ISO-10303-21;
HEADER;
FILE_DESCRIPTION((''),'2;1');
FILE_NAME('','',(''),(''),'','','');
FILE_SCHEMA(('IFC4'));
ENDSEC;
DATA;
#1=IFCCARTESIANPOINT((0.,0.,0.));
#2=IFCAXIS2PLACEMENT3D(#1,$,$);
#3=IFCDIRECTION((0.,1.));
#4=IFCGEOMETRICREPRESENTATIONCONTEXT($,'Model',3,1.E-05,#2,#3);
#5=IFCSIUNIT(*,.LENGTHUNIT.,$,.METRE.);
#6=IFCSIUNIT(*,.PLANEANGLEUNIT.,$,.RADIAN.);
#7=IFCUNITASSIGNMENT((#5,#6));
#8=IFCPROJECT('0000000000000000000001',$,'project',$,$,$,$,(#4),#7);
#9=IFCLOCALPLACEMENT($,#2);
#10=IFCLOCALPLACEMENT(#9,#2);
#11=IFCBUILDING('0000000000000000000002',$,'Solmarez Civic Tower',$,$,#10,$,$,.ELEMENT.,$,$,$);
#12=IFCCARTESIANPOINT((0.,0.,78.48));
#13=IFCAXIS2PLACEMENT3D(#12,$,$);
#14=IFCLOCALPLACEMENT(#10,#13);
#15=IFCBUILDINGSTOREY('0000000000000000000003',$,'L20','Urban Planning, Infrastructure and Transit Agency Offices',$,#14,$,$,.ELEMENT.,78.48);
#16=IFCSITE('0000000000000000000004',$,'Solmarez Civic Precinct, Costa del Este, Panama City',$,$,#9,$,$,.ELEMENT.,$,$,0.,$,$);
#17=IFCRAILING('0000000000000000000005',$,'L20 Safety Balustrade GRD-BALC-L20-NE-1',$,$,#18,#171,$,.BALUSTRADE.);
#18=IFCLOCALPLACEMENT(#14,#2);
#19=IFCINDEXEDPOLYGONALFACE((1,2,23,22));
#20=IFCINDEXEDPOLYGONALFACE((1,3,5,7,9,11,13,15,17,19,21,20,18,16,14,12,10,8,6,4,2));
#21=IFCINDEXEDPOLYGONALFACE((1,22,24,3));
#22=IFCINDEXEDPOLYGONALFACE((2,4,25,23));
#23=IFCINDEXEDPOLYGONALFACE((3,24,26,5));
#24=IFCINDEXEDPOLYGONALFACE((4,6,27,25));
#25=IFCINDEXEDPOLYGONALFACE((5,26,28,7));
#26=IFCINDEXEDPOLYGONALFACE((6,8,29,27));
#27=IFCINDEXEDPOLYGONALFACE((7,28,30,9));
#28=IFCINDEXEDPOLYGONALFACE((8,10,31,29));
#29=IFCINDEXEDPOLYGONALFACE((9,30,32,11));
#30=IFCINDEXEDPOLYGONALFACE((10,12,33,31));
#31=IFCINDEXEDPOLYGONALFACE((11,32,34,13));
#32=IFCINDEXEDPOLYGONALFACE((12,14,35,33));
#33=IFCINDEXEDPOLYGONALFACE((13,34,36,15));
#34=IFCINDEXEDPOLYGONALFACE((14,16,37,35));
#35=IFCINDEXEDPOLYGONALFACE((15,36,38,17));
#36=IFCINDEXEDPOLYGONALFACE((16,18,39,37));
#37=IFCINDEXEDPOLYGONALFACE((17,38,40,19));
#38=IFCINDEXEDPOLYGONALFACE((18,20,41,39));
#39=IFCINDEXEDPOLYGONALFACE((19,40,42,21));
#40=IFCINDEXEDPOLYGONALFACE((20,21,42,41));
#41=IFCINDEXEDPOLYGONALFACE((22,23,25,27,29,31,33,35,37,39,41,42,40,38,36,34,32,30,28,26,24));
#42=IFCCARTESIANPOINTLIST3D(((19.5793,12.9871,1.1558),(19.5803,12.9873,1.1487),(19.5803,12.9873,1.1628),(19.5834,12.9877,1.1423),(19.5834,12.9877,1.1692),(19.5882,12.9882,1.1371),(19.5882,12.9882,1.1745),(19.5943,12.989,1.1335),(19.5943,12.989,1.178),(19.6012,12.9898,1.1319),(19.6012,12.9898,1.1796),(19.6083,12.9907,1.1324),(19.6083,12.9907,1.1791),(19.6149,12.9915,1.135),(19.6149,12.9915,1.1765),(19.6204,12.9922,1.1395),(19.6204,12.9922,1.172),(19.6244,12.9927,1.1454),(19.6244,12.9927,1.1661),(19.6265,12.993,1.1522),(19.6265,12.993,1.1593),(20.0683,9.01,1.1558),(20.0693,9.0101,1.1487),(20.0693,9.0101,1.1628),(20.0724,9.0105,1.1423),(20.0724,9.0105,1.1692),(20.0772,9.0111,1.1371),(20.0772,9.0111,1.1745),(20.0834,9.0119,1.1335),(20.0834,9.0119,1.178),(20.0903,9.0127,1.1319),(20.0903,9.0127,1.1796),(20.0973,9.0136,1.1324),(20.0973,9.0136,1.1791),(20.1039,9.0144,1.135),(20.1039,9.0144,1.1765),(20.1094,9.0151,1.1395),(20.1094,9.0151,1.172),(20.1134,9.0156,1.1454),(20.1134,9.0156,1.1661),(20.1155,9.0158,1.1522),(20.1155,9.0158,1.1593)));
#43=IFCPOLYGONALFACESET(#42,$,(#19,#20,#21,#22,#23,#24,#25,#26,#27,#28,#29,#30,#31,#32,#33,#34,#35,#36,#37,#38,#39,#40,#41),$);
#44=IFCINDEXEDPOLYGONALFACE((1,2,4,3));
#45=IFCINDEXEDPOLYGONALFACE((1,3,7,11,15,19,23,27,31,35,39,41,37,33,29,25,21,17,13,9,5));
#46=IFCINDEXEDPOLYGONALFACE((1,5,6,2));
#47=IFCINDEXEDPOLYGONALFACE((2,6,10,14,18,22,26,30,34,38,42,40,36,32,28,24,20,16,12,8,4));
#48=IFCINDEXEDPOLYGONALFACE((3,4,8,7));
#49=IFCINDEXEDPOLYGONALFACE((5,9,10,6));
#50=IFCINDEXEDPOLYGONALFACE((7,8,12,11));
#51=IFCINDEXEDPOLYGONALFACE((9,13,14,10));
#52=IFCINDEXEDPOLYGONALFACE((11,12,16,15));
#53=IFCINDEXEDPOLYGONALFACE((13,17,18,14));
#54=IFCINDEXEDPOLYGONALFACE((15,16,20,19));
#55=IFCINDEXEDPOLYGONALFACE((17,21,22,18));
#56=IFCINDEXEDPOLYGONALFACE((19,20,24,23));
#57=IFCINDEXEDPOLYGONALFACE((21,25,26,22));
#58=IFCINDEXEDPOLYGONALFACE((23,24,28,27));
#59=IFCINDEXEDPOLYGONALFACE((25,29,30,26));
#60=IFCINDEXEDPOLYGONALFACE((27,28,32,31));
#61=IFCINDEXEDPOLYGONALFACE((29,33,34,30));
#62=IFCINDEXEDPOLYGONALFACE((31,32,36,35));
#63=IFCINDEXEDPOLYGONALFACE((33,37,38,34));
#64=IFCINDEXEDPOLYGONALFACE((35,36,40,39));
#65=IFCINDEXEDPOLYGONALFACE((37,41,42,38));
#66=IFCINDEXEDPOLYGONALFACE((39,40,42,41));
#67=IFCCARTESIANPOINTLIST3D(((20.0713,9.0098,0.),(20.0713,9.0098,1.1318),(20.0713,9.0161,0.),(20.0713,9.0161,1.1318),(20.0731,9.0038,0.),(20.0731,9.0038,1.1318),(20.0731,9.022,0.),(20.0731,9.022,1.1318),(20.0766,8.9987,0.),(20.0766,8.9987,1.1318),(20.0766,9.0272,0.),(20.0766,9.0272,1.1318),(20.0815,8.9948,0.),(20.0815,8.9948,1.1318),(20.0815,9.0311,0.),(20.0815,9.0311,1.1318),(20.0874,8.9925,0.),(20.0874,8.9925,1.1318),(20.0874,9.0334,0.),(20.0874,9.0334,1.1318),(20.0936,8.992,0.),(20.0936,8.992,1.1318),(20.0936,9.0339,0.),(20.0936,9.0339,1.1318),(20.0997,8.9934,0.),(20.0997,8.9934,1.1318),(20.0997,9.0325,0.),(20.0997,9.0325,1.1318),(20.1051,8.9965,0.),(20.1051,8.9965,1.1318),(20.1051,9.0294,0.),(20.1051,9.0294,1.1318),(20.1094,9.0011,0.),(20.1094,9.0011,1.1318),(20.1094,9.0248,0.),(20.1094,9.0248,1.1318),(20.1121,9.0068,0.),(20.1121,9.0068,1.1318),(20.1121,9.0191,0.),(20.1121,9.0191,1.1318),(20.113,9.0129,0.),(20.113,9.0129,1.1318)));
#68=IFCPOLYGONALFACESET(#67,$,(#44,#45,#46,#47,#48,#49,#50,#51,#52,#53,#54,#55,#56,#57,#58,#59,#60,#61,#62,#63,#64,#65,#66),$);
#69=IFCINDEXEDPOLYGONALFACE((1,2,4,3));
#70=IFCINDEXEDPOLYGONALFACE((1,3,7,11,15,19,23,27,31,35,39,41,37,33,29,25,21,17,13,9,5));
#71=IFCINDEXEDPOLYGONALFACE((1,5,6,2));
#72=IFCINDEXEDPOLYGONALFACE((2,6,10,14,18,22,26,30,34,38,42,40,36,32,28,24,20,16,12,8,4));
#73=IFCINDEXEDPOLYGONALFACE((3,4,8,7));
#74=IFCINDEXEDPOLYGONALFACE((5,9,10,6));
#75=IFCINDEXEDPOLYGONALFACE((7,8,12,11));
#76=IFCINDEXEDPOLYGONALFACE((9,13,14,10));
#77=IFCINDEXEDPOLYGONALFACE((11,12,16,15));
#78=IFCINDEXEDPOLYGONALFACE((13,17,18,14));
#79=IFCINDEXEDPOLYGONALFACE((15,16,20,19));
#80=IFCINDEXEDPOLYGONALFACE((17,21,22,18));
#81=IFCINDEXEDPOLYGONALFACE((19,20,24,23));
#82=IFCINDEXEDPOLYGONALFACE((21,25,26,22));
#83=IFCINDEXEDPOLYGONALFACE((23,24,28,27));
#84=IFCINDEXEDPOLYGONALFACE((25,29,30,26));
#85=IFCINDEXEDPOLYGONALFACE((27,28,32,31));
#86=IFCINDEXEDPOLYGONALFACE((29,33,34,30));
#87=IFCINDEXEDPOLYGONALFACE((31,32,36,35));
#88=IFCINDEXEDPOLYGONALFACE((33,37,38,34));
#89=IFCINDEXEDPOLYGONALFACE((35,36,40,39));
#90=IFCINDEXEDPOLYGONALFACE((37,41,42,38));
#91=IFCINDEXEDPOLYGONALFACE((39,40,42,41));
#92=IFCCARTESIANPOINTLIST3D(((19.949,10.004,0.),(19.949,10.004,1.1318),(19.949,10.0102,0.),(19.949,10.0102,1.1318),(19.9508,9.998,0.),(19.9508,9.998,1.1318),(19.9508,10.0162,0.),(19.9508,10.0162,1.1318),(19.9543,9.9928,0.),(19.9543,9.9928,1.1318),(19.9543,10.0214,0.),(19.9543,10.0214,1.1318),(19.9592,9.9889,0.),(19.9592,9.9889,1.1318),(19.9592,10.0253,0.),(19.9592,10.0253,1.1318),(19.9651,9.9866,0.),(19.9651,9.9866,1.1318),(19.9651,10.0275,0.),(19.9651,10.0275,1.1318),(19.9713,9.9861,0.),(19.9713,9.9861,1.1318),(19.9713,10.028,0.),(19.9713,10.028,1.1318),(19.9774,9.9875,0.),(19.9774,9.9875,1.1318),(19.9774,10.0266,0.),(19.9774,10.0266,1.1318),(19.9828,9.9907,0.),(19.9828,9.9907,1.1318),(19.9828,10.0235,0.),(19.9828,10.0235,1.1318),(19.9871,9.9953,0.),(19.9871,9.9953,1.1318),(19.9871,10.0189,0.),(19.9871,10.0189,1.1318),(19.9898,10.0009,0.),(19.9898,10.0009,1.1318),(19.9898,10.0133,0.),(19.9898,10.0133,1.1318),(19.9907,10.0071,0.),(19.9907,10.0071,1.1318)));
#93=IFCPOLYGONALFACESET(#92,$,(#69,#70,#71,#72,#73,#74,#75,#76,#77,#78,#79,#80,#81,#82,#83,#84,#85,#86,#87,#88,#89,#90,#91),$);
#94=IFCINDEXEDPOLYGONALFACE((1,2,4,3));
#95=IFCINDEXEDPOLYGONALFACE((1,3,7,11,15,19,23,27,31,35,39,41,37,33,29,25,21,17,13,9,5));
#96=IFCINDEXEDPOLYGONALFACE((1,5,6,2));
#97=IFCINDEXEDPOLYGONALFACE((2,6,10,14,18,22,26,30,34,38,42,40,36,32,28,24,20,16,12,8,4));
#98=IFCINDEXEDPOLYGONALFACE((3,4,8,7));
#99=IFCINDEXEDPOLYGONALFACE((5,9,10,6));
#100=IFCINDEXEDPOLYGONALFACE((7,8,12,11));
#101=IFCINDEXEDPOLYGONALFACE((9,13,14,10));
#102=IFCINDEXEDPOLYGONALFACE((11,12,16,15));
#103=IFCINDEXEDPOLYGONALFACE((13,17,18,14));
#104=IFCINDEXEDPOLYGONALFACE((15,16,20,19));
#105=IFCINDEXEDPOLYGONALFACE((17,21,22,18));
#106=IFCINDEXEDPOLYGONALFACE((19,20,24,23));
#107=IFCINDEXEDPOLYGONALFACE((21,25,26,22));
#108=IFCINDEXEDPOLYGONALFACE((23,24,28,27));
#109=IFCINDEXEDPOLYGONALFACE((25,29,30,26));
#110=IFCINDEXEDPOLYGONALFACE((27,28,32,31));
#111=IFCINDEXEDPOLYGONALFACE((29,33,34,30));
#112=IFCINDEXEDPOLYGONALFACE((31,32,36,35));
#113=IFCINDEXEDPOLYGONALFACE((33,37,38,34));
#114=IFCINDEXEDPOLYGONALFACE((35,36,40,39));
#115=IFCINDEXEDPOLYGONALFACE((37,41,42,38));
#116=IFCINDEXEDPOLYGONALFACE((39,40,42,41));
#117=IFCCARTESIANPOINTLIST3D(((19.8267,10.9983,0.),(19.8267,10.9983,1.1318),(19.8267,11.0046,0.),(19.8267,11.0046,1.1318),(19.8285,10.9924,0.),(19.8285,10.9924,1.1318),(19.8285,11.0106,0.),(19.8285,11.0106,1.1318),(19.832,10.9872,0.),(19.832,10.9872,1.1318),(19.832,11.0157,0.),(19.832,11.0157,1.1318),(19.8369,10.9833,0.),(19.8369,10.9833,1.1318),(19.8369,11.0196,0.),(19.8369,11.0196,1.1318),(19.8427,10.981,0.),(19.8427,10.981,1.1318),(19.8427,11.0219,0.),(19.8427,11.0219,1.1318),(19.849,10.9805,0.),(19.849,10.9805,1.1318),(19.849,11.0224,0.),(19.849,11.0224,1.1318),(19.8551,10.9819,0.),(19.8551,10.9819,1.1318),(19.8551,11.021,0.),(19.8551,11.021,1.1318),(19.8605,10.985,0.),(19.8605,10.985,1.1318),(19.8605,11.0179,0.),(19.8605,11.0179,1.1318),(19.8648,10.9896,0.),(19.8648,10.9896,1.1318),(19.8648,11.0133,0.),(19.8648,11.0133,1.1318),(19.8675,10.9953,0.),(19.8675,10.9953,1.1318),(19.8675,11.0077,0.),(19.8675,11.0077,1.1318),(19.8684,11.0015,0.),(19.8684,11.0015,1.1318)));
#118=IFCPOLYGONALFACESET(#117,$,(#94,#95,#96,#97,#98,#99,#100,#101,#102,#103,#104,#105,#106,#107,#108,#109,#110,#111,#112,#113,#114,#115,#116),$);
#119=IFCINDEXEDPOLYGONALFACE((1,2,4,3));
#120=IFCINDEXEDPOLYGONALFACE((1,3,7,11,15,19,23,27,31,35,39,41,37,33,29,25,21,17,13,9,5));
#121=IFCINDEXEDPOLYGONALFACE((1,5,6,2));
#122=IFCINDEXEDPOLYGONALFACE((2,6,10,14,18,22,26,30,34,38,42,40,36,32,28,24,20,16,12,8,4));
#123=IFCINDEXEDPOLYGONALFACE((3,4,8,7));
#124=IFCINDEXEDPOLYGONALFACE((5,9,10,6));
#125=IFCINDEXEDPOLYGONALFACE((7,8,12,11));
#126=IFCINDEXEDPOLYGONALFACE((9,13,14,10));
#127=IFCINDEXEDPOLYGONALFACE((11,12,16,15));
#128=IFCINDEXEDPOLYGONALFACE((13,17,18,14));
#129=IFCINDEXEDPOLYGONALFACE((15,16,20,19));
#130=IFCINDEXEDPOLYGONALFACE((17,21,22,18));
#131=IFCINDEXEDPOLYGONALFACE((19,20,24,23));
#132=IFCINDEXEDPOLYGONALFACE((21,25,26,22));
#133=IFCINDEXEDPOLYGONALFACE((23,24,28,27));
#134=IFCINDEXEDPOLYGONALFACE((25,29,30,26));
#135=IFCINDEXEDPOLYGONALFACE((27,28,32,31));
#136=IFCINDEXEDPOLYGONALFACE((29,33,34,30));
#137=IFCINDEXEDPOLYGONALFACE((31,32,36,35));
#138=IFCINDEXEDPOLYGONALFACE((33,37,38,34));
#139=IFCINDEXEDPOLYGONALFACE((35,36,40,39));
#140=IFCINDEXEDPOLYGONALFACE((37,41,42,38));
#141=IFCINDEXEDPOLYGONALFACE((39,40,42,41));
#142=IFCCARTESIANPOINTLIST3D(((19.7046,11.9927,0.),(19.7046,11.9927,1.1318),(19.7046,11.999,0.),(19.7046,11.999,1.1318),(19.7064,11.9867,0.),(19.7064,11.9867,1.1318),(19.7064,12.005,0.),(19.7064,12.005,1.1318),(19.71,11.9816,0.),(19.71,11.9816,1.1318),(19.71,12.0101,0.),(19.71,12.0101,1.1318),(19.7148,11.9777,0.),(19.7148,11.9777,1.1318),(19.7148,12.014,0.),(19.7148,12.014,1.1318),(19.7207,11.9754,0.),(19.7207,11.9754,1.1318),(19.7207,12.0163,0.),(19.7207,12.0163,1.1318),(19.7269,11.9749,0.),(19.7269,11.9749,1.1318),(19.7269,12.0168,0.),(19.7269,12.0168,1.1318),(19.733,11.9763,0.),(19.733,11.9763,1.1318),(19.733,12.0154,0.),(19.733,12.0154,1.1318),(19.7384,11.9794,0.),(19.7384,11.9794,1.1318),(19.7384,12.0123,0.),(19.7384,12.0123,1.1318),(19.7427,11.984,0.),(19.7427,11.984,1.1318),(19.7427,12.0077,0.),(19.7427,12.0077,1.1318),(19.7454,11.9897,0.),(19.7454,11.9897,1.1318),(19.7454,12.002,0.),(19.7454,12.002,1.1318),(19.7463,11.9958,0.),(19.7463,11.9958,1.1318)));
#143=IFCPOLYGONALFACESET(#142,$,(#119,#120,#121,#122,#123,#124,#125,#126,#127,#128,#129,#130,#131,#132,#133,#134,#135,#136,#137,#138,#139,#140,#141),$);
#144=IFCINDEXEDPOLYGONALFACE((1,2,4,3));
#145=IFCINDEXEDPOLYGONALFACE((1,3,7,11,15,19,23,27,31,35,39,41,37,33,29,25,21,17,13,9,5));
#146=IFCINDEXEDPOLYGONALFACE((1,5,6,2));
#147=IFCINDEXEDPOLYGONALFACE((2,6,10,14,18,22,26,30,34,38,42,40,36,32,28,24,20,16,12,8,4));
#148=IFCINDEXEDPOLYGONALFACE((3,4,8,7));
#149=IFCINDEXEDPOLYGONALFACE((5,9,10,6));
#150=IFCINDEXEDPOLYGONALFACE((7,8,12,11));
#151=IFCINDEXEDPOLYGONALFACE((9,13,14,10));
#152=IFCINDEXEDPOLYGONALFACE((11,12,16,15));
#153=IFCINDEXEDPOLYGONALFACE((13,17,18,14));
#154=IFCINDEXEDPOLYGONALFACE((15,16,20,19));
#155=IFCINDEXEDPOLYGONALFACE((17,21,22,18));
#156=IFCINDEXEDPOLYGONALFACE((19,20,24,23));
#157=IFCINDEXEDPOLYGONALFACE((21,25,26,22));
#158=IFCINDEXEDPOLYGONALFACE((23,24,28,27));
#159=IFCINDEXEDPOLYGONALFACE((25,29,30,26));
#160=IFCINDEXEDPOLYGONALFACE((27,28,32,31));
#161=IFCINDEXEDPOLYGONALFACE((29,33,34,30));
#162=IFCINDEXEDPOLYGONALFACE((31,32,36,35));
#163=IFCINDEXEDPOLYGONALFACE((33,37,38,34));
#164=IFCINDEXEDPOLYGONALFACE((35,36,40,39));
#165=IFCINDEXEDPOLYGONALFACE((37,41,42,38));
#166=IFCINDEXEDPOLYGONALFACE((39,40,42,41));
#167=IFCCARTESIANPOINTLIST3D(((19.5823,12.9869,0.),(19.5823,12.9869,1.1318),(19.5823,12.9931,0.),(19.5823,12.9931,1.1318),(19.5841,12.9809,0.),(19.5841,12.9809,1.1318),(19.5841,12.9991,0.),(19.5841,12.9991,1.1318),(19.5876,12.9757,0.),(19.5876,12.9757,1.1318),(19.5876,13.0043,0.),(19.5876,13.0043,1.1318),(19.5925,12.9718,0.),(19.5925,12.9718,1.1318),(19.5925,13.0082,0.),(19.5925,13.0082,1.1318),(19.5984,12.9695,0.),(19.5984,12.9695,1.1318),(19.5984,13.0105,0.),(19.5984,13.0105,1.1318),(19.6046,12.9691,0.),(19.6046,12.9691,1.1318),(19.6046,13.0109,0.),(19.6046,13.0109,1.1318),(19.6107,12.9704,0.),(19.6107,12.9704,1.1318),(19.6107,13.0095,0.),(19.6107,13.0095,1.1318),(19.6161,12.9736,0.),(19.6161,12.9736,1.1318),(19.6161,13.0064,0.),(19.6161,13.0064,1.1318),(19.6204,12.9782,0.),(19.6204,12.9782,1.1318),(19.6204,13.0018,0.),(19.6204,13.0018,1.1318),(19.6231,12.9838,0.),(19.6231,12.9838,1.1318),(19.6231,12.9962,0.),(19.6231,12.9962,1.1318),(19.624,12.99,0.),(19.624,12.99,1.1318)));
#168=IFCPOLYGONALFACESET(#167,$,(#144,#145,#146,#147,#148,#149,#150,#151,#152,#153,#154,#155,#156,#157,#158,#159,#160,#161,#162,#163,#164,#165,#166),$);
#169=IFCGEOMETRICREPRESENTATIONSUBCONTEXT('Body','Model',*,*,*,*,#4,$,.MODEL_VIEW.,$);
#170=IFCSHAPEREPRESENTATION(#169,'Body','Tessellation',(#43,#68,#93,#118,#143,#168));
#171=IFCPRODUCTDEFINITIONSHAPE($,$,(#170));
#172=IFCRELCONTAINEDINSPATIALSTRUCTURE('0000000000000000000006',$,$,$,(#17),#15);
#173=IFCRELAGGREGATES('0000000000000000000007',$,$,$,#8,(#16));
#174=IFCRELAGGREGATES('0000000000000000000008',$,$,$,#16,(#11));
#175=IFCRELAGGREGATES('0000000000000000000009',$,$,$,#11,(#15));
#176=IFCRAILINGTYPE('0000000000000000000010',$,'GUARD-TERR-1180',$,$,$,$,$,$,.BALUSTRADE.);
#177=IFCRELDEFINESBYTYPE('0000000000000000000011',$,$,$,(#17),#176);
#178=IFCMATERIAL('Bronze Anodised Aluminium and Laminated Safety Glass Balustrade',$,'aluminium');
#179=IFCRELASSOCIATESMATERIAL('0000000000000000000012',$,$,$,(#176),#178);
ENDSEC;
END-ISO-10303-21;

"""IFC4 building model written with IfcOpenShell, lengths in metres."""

from ifc_helpers import new_model, si_unit, direction, frame, origin, origin_2d, place, context, subcontext, project, spatial, circle, extrude, material, type_object, element, save


model = new_model("IFC4")

# Units and contexts
model_context = context("Model", 3, precision=1e-05, world=origin(), true_north=direction((0.0, 1.0)))
body_context = subcontext(model_context, "Body", "Model", "MODEL_VIEW")
ifc_project = project(units=[si_unit("LENGTHUNIT", "METRE"), si_unit("PLANEANGLEUNIT", "RADIAN")], contexts=[model_context])

# Site, building, storey
site_placement = place(None, origin())
site = spatial("IfcSite", under=ifc_project, at=site_placement, Name="Solmarez Civic Precinct, Costa del Este, Panama City", CompositionType="ELEMENT", RefElevation=0.0)
building_placement = place(site_placement, origin())
building = spatial("IfcBuilding", under=site, at=building_placement, Name="Solmarez Civic Tower", CompositionType="ELEMENT")
storey_placement = place(building_placement, frame((0.0, 0.0, 78.48)))
storey = spatial("IfcBuildingStorey", under=building, at=storey_placement, Name="L20", Description="Urban Planning, Infrastructure and Transit Agency Offices", CompositionType="ELEMENT", Elevation=78.48)

# Railing
ifc_material_1 = material(Name="Bronze Anodised Aluminium and Laminated Safety Glass Balustrade", Category="aluminium")
railing_type = type_object("IfcRailingType", Name="GUARD-TERR-1180", PredefinedType="BALUSTRADE", material=ifc_material_1)
railing_1_placement = place(storey_placement, frame((20.092, 9.0129, 0.0)))
element("IfcRailing", 1, at=railing_1_placement, inside=storey, type_object=railing_type, Name="L20 Safety Balustrade GRD-BALC-L20-NE-1", PredefinedType="BALUSTRADE", context=body_context, shape_type="SweptSolid", body=[
    extrude(circle(Radius=0.0239, at=origin_2d()), frame((0.0, 0.0, 1.1558), z_axis=(-0.12204, 0.992525, 0.0), x_axis=(-0.992525, -0.12204, 0.0)), (0.0, 0.0, 1.0), 4.0071),
    extrude(circle(Radius=0.021, at=origin_2d()), origin(), (0.0, 0.0, 1.0), 1.1318),
    extrude(circle(Radius=0.021, at=origin_2d()), frame((-0.1223, 0.9941, 0.0)), (0.0, 0.0, 1.0), 1.1318),
    extrude(circle(Radius=0.021, at=origin_2d()), frame((-0.2446, 1.9885, 0.0)), (0.0, 0.0, 1.0), 1.1318),
    extrude(circle(Radius=0.021, at=origin_2d()), frame((-0.3667, 2.9829, 0.0)), (0.0, 0.0, 1.0), 1.1318),
    extrude(circle(Radius=0.021, at=origin_2d()), frame((-0.489, 3.9771, 0.0)), (0.0, 0.0, 1.0), 1.1318),
])

save(model, "model.ifc")
